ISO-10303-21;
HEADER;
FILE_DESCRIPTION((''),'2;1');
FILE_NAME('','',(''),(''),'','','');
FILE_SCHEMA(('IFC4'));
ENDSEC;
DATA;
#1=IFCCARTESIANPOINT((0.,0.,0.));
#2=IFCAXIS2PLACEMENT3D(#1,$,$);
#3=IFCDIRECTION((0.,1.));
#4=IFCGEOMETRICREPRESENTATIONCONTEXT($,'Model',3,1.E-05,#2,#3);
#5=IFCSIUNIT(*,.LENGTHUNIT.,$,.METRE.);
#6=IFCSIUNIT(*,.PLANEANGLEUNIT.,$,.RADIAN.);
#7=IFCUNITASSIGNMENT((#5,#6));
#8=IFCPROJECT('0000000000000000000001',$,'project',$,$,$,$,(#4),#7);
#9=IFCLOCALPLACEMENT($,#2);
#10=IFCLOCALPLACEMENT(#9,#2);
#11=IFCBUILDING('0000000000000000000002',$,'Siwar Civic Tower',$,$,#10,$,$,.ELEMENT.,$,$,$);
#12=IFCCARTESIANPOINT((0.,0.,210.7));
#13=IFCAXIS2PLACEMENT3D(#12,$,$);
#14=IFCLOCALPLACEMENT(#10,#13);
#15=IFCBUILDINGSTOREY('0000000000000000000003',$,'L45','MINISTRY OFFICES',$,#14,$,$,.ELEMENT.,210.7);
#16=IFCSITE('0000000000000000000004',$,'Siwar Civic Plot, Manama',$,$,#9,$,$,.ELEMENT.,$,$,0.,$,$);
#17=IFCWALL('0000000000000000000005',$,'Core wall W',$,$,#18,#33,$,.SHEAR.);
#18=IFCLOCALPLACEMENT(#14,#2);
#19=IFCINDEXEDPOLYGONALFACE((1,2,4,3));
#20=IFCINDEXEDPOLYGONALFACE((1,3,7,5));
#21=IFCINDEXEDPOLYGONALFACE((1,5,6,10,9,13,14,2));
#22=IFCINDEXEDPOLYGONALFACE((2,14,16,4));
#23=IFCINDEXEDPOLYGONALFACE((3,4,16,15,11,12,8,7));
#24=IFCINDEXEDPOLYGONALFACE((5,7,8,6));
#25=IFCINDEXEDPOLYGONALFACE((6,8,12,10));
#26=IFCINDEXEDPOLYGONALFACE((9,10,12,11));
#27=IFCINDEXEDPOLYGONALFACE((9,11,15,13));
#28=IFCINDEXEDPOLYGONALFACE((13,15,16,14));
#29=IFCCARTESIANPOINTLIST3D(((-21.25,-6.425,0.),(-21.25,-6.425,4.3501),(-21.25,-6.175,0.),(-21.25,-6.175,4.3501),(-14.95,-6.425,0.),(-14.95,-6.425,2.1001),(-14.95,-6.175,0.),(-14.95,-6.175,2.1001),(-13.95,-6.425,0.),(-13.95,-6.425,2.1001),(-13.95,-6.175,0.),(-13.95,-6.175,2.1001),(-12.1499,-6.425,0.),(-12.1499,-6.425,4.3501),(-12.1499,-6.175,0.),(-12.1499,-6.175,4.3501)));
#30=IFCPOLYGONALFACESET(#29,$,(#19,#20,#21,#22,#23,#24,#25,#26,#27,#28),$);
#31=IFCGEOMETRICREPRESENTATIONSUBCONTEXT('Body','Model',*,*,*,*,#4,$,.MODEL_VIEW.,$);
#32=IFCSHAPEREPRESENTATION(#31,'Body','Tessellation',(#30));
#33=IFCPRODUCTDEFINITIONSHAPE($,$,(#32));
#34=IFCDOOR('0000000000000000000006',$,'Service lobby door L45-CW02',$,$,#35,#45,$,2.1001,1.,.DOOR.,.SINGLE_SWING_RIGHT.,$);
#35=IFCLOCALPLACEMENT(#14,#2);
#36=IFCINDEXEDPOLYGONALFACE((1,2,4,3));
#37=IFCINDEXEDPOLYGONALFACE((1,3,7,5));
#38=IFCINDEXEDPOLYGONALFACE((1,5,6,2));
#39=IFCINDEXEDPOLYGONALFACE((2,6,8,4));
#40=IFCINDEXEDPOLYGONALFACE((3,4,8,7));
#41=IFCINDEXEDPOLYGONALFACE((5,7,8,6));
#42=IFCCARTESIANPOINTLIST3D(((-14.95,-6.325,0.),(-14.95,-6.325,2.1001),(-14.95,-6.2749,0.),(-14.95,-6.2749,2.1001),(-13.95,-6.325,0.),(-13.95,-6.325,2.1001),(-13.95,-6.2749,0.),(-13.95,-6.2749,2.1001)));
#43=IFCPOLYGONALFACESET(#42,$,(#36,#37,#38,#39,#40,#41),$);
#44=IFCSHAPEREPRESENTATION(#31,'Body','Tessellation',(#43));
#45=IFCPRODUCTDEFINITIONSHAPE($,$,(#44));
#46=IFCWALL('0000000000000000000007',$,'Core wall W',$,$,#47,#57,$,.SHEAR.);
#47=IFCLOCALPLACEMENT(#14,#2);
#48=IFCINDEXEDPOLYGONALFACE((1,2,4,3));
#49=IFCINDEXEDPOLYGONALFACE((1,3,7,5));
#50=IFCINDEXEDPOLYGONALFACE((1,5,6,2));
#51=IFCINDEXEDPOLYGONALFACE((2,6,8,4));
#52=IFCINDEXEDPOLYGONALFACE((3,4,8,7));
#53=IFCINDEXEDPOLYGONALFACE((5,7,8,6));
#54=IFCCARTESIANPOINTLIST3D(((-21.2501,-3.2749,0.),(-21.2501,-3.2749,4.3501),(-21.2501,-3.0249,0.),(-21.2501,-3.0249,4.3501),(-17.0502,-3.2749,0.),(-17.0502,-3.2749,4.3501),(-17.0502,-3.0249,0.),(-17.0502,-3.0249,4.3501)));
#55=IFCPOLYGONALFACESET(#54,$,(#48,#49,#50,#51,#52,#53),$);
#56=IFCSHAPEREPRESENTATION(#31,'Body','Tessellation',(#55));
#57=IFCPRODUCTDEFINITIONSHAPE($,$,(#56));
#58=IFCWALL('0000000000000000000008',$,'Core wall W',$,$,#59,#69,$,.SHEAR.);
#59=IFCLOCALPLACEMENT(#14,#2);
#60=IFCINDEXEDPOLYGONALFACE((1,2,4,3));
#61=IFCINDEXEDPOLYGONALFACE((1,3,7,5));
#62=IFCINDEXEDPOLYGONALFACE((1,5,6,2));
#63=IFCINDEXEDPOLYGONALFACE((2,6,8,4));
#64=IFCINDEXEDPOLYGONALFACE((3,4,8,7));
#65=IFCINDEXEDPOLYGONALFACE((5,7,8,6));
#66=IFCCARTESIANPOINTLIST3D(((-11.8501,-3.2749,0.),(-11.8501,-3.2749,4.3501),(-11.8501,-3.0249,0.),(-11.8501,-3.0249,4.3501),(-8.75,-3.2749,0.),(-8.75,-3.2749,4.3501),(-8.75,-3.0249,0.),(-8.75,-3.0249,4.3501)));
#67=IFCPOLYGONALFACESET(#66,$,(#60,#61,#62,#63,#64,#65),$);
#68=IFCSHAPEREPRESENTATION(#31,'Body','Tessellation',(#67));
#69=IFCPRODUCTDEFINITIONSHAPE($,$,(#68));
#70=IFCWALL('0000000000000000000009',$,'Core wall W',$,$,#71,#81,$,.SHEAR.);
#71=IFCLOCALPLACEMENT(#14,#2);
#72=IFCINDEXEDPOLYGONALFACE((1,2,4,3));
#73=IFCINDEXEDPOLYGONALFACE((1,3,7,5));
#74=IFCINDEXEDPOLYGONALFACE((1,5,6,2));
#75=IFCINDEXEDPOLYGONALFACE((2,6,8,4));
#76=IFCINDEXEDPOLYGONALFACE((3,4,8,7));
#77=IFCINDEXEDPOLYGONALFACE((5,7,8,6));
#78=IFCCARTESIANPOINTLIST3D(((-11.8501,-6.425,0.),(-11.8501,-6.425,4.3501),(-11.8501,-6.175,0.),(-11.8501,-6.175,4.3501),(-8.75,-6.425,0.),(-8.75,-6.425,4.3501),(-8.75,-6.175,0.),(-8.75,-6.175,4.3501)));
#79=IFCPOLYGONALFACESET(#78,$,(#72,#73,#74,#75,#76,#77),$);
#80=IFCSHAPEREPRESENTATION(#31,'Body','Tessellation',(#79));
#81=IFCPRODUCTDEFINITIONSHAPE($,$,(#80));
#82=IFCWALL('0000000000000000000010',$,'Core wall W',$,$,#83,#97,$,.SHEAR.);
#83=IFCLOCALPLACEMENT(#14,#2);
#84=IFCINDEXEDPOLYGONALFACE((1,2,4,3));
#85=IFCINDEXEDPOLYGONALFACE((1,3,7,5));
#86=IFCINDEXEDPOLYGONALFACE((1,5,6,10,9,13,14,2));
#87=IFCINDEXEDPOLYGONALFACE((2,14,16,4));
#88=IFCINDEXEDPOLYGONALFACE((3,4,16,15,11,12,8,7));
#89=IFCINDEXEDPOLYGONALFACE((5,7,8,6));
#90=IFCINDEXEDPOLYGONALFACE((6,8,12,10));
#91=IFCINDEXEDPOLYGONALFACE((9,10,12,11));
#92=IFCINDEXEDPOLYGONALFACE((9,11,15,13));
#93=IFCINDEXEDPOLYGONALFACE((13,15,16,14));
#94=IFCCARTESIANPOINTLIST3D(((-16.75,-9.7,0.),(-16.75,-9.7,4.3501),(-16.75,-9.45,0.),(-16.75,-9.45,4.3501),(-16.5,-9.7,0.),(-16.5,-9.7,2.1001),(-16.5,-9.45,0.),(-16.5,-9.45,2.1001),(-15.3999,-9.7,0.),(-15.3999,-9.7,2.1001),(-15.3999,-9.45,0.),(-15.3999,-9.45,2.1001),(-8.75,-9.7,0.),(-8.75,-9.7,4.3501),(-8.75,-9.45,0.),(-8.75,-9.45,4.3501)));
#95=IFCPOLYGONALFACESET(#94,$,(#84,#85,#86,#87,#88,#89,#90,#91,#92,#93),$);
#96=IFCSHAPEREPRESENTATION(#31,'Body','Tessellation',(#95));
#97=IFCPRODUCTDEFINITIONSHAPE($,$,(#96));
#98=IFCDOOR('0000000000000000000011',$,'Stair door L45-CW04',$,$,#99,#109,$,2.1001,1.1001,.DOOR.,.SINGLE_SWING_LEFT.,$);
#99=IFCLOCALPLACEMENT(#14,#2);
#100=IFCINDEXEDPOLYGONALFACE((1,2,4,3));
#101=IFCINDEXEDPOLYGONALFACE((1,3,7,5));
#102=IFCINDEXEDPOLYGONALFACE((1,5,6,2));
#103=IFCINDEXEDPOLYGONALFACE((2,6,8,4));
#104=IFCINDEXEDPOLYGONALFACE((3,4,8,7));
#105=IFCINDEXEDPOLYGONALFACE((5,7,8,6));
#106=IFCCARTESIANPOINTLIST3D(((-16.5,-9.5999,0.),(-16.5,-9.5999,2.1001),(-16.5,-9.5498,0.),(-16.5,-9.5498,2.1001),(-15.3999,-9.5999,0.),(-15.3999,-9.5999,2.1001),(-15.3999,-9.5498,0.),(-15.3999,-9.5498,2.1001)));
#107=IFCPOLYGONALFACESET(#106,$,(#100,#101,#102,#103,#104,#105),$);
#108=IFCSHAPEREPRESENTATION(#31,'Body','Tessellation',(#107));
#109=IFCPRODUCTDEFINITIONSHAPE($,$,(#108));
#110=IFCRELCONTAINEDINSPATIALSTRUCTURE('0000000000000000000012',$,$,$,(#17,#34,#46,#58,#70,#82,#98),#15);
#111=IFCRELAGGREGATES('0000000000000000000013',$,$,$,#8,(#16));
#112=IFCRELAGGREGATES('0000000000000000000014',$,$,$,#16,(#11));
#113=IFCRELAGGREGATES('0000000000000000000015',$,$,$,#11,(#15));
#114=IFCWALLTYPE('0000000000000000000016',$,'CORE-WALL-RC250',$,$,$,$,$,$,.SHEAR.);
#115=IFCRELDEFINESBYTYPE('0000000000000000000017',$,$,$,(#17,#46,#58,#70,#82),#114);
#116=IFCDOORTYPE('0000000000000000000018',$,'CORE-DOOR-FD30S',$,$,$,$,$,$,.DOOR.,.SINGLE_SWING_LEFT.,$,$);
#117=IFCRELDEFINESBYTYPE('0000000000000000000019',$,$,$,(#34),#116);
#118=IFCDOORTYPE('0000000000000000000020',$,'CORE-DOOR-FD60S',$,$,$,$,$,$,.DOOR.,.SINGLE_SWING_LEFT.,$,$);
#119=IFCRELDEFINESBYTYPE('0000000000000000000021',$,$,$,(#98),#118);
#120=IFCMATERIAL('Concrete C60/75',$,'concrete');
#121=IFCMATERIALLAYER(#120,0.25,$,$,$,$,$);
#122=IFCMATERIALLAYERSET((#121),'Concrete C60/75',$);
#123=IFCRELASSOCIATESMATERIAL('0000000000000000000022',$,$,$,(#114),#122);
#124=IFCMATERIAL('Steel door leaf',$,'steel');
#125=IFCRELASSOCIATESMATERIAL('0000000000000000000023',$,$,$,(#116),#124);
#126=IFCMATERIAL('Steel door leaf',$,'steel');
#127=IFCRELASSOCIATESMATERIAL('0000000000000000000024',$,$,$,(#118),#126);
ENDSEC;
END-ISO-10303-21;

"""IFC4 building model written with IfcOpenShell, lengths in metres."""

from ifc_helpers import new_model, si_unit, direction, frame, frame_2d, origin, place, context, subcontext, project, spatial, rectangle, extrude, material, layer, layer_set, type_object, element, fill, save


model = new_model("IFC4")

# Units and contexts
model_context = context("Model", 3, precision=1e-05, world=origin(), true_north=direction((0.0, 1.0)))
body_context = subcontext(model_context, "Body", "Model", "MODEL_VIEW")
ifc_project = project(units=[si_unit("LENGTHUNIT", "METRE"), si_unit("PLANEANGLEUNIT", "RADIAN")], contexts=[model_context])

# Site, building, storey
site_placement = place(None, origin())
site = spatial("IfcSite", under=ifc_project, at=site_placement, Name="Siwar Civic Plot, Manama", CompositionType="ELEMENT", RefElevation=0.0)
building_placement = place(site_placement, origin())
building = spatial("IfcBuilding", under=site, at=building_placement, Name="Siwar Civic Tower", CompositionType="ELEMENT")
storey_placement = place(building_placement, frame((0.0, 0.0, 210.7)))
storey = spatial("IfcBuildingStorey", under=building, at=storey_placement, Name="L45", Description="MINISTRY OFFICES", CompositionType="ELEMENT", Elevation=210.7)

# Wall, opening, door
ifc_material_1 = material(Name="Concrete C60/75", Category="concrete")
ifc_layer_1 = layer(ifc_material_1, 0.25)
ifc_layer_set_1 = layer_set([ifc_layer_1], Name="Concrete C60/75")
wall_type_1 = type_object("IfcWallType", Name="CORE-WALL-RC250", PredefinedType="SHEAR", material=ifc_layer_set_1)
wall_1_placement = place(storey_placement, frame((-12.1499, -6.3, 0.0), z_axis=(0.0, 0.0, 1.0), x_axis=(-1.0, 0.0, 0.0)))
wall_1 = element("IfcWall", 1, at=wall_1_placement, inside=storey, type_object=wall_type_1, Name="Core wall W", PredefinedType="SHEAR", context=body_context, shape_type="SweptSolid", body=[
    extrude(rectangle(XDim=9.1001, YDim=0.25, at=frame_2d((4.55, 0.0))), origin(), (0.0, 0.0, 1.0), 4.3501),
])
opening_1_placement = place(wall_1_placement, frame((1.8, 0.0, 0.0)))
opening_1 = element("IfcOpeningElement", 2, at=opening_1_placement, cuts=wall_1, PredefinedType="OPENING", context=body_context, shape_type="SweptSolid", body=[
    extrude(rectangle(XDim=1.0, YDim=2.1001, at=frame_2d((0.5, 1.05))), frame((0.0, 0.135, 0.0), z_axis=(0.0, -1.0, 0.0), x_axis=(1.0, 0.0, 0.0)), (0.0, 0.0, 1.0), 0.27),
])
ifc_material_2 = material(Name="Steel door leaf", Category="steel")
door_type_1 = type_object("IfcDoorType", Name="CORE-DOOR-FD30S", OperationType="SINGLE_SWING_LEFT", PredefinedType="DOOR", material=ifc_material_2)
door_1_placement = place(opening_1_placement, origin())
door_1 = element("IfcDoor", 3, at=door_1_placement, inside=storey, type_object=door_type_1, Name="Service lobby door L45-CW02", OperationType="SINGLE_SWING_RIGHT", OverallHeight=2.1001, OverallWidth=1.0, PredefinedType="DOOR", context=body_context, shape_type="SweptSolid", body=[
    extrude(rectangle(XDim=1.0, YDim=2.1001, at=frame_2d((0.5, 1.05))), frame((0.0, 0.0249, 0.0), z_axis=(0.0, -1.0, 0.0), x_axis=(1.0, 0.0, 0.0)), (0.0, 0.0, 1.0), 0.05),
])
fill(opening_1, door_1)

# Walls
wall_2_placement = place(storey_placement, frame((-17.05, -3.1499, 0.0), z_axis=(0.0, 0.0, 1.0), x_axis=(-1.0, 0.0, 0.0)))
element("IfcWall", 4, at=wall_2_placement, inside=storey, type_object=wall_type_1, Name="Core wall W", PredefinedType="SHEAR", context=body_context, shape_type="SweptSolid", body=[
    extrude(rectangle(XDim=4.2, YDim=0.25, at=frame_2d((2.1001, 0.0))), origin(), (0.0, 0.0, 1.0), 4.3501),
])
for number, where, z_axis, x_axis, name in (
    (5, (-8.75, -3.1499, 0.0), (0.0, 0.0, 1.0), (-1.0, 0.0, 0.0), "Core wall W"),
    (6, (-8.75, -6.3, 0.0), (0.0, 0.0, 1.0), (-1.0, 0.0, 0.0), "Core wall W"),
):
    element("IfcWall", number, at=place(storey_placement, frame(where, z_axis=z_axis, x_axis=x_axis)), inside=storey, type_object=wall_type_1, Name=name, PredefinedType="SHEAR", context=body_context, shape_type="SweptSolid", body=[
        extrude(rectangle(XDim=3.1001, YDim=0.25, at=frame_2d((1.55, 0.0))), origin(), (0.0, 0.0, 1.0), 4.3501),
    ])

# Wall, opening, door
wall_3_placement = place(storey_placement, frame((-8.75, -9.575, 0.0), z_axis=(0.0, 0.0, 1.0), x_axis=(-1.0, 0.0, 0.0)))
wall_3 = element("IfcWall", 7, at=wall_3_placement, inside=storey, type_object=wall_type_1, Name="Core wall W", PredefinedType="SHEAR", context=body_context, shape_type="SweptSolid", body=[
    extrude(rectangle(XDim=8.0, YDim=0.25, at=frame_2d((4.0, 0.0))), origin(), (0.0, 0.0, 1.0), 4.3501),
])
opening_2_placement = place(wall_3_placement, frame((6.6499, 0.0, 0.0)))
opening_2 = element("IfcOpeningElement", 8, at=opening_2_placement, cuts=wall_3, PredefinedType="OPENING", context=body_context, shape_type="SweptSolid", body=[
    extrude(rectangle(XDim=1.1001, YDim=2.1001, at=frame_2d((0.55, 1.05))), frame((0.0, 0.135, 0.0), z_axis=(0.0, -1.0, 0.0), x_axis=(1.0, 0.0, 0.0)), (0.0, 0.0, 1.0), 0.27),
])
ifc_material_3 = material(Name="Steel door leaf", Category="steel")
door_type_2 = type_object("IfcDoorType", Name="CORE-DOOR-FD60S", OperationType="SINGLE_SWING_LEFT", PredefinedType="DOOR", material=ifc_material_3)
door_2_placement = place(opening_2_placement, origin())
door_2 = element("IfcDoor", 9, at=door_2_placement, inside=storey, type_object=door_type_2, Name="Stair door L45-CW04", OperationType="SINGLE_SWING_LEFT", OverallHeight=2.1001, OverallWidth=1.1001, PredefinedType="DOOR", context=body_context, shape_type="SweptSolid", body=[
    extrude(rectangle(XDim=1.1001, YDim=2.1001, at=frame_2d((0.55, 1.05))), frame((0.0, 0.0249, 0.0), z_axis=(0.0, -1.0, 0.0), x_axis=(1.0, 0.0, 0.0)), (0.0, 0.0, 1.0), 0.05),
])
fill(opening_2, door_2)

save(model, "model.ifc")
